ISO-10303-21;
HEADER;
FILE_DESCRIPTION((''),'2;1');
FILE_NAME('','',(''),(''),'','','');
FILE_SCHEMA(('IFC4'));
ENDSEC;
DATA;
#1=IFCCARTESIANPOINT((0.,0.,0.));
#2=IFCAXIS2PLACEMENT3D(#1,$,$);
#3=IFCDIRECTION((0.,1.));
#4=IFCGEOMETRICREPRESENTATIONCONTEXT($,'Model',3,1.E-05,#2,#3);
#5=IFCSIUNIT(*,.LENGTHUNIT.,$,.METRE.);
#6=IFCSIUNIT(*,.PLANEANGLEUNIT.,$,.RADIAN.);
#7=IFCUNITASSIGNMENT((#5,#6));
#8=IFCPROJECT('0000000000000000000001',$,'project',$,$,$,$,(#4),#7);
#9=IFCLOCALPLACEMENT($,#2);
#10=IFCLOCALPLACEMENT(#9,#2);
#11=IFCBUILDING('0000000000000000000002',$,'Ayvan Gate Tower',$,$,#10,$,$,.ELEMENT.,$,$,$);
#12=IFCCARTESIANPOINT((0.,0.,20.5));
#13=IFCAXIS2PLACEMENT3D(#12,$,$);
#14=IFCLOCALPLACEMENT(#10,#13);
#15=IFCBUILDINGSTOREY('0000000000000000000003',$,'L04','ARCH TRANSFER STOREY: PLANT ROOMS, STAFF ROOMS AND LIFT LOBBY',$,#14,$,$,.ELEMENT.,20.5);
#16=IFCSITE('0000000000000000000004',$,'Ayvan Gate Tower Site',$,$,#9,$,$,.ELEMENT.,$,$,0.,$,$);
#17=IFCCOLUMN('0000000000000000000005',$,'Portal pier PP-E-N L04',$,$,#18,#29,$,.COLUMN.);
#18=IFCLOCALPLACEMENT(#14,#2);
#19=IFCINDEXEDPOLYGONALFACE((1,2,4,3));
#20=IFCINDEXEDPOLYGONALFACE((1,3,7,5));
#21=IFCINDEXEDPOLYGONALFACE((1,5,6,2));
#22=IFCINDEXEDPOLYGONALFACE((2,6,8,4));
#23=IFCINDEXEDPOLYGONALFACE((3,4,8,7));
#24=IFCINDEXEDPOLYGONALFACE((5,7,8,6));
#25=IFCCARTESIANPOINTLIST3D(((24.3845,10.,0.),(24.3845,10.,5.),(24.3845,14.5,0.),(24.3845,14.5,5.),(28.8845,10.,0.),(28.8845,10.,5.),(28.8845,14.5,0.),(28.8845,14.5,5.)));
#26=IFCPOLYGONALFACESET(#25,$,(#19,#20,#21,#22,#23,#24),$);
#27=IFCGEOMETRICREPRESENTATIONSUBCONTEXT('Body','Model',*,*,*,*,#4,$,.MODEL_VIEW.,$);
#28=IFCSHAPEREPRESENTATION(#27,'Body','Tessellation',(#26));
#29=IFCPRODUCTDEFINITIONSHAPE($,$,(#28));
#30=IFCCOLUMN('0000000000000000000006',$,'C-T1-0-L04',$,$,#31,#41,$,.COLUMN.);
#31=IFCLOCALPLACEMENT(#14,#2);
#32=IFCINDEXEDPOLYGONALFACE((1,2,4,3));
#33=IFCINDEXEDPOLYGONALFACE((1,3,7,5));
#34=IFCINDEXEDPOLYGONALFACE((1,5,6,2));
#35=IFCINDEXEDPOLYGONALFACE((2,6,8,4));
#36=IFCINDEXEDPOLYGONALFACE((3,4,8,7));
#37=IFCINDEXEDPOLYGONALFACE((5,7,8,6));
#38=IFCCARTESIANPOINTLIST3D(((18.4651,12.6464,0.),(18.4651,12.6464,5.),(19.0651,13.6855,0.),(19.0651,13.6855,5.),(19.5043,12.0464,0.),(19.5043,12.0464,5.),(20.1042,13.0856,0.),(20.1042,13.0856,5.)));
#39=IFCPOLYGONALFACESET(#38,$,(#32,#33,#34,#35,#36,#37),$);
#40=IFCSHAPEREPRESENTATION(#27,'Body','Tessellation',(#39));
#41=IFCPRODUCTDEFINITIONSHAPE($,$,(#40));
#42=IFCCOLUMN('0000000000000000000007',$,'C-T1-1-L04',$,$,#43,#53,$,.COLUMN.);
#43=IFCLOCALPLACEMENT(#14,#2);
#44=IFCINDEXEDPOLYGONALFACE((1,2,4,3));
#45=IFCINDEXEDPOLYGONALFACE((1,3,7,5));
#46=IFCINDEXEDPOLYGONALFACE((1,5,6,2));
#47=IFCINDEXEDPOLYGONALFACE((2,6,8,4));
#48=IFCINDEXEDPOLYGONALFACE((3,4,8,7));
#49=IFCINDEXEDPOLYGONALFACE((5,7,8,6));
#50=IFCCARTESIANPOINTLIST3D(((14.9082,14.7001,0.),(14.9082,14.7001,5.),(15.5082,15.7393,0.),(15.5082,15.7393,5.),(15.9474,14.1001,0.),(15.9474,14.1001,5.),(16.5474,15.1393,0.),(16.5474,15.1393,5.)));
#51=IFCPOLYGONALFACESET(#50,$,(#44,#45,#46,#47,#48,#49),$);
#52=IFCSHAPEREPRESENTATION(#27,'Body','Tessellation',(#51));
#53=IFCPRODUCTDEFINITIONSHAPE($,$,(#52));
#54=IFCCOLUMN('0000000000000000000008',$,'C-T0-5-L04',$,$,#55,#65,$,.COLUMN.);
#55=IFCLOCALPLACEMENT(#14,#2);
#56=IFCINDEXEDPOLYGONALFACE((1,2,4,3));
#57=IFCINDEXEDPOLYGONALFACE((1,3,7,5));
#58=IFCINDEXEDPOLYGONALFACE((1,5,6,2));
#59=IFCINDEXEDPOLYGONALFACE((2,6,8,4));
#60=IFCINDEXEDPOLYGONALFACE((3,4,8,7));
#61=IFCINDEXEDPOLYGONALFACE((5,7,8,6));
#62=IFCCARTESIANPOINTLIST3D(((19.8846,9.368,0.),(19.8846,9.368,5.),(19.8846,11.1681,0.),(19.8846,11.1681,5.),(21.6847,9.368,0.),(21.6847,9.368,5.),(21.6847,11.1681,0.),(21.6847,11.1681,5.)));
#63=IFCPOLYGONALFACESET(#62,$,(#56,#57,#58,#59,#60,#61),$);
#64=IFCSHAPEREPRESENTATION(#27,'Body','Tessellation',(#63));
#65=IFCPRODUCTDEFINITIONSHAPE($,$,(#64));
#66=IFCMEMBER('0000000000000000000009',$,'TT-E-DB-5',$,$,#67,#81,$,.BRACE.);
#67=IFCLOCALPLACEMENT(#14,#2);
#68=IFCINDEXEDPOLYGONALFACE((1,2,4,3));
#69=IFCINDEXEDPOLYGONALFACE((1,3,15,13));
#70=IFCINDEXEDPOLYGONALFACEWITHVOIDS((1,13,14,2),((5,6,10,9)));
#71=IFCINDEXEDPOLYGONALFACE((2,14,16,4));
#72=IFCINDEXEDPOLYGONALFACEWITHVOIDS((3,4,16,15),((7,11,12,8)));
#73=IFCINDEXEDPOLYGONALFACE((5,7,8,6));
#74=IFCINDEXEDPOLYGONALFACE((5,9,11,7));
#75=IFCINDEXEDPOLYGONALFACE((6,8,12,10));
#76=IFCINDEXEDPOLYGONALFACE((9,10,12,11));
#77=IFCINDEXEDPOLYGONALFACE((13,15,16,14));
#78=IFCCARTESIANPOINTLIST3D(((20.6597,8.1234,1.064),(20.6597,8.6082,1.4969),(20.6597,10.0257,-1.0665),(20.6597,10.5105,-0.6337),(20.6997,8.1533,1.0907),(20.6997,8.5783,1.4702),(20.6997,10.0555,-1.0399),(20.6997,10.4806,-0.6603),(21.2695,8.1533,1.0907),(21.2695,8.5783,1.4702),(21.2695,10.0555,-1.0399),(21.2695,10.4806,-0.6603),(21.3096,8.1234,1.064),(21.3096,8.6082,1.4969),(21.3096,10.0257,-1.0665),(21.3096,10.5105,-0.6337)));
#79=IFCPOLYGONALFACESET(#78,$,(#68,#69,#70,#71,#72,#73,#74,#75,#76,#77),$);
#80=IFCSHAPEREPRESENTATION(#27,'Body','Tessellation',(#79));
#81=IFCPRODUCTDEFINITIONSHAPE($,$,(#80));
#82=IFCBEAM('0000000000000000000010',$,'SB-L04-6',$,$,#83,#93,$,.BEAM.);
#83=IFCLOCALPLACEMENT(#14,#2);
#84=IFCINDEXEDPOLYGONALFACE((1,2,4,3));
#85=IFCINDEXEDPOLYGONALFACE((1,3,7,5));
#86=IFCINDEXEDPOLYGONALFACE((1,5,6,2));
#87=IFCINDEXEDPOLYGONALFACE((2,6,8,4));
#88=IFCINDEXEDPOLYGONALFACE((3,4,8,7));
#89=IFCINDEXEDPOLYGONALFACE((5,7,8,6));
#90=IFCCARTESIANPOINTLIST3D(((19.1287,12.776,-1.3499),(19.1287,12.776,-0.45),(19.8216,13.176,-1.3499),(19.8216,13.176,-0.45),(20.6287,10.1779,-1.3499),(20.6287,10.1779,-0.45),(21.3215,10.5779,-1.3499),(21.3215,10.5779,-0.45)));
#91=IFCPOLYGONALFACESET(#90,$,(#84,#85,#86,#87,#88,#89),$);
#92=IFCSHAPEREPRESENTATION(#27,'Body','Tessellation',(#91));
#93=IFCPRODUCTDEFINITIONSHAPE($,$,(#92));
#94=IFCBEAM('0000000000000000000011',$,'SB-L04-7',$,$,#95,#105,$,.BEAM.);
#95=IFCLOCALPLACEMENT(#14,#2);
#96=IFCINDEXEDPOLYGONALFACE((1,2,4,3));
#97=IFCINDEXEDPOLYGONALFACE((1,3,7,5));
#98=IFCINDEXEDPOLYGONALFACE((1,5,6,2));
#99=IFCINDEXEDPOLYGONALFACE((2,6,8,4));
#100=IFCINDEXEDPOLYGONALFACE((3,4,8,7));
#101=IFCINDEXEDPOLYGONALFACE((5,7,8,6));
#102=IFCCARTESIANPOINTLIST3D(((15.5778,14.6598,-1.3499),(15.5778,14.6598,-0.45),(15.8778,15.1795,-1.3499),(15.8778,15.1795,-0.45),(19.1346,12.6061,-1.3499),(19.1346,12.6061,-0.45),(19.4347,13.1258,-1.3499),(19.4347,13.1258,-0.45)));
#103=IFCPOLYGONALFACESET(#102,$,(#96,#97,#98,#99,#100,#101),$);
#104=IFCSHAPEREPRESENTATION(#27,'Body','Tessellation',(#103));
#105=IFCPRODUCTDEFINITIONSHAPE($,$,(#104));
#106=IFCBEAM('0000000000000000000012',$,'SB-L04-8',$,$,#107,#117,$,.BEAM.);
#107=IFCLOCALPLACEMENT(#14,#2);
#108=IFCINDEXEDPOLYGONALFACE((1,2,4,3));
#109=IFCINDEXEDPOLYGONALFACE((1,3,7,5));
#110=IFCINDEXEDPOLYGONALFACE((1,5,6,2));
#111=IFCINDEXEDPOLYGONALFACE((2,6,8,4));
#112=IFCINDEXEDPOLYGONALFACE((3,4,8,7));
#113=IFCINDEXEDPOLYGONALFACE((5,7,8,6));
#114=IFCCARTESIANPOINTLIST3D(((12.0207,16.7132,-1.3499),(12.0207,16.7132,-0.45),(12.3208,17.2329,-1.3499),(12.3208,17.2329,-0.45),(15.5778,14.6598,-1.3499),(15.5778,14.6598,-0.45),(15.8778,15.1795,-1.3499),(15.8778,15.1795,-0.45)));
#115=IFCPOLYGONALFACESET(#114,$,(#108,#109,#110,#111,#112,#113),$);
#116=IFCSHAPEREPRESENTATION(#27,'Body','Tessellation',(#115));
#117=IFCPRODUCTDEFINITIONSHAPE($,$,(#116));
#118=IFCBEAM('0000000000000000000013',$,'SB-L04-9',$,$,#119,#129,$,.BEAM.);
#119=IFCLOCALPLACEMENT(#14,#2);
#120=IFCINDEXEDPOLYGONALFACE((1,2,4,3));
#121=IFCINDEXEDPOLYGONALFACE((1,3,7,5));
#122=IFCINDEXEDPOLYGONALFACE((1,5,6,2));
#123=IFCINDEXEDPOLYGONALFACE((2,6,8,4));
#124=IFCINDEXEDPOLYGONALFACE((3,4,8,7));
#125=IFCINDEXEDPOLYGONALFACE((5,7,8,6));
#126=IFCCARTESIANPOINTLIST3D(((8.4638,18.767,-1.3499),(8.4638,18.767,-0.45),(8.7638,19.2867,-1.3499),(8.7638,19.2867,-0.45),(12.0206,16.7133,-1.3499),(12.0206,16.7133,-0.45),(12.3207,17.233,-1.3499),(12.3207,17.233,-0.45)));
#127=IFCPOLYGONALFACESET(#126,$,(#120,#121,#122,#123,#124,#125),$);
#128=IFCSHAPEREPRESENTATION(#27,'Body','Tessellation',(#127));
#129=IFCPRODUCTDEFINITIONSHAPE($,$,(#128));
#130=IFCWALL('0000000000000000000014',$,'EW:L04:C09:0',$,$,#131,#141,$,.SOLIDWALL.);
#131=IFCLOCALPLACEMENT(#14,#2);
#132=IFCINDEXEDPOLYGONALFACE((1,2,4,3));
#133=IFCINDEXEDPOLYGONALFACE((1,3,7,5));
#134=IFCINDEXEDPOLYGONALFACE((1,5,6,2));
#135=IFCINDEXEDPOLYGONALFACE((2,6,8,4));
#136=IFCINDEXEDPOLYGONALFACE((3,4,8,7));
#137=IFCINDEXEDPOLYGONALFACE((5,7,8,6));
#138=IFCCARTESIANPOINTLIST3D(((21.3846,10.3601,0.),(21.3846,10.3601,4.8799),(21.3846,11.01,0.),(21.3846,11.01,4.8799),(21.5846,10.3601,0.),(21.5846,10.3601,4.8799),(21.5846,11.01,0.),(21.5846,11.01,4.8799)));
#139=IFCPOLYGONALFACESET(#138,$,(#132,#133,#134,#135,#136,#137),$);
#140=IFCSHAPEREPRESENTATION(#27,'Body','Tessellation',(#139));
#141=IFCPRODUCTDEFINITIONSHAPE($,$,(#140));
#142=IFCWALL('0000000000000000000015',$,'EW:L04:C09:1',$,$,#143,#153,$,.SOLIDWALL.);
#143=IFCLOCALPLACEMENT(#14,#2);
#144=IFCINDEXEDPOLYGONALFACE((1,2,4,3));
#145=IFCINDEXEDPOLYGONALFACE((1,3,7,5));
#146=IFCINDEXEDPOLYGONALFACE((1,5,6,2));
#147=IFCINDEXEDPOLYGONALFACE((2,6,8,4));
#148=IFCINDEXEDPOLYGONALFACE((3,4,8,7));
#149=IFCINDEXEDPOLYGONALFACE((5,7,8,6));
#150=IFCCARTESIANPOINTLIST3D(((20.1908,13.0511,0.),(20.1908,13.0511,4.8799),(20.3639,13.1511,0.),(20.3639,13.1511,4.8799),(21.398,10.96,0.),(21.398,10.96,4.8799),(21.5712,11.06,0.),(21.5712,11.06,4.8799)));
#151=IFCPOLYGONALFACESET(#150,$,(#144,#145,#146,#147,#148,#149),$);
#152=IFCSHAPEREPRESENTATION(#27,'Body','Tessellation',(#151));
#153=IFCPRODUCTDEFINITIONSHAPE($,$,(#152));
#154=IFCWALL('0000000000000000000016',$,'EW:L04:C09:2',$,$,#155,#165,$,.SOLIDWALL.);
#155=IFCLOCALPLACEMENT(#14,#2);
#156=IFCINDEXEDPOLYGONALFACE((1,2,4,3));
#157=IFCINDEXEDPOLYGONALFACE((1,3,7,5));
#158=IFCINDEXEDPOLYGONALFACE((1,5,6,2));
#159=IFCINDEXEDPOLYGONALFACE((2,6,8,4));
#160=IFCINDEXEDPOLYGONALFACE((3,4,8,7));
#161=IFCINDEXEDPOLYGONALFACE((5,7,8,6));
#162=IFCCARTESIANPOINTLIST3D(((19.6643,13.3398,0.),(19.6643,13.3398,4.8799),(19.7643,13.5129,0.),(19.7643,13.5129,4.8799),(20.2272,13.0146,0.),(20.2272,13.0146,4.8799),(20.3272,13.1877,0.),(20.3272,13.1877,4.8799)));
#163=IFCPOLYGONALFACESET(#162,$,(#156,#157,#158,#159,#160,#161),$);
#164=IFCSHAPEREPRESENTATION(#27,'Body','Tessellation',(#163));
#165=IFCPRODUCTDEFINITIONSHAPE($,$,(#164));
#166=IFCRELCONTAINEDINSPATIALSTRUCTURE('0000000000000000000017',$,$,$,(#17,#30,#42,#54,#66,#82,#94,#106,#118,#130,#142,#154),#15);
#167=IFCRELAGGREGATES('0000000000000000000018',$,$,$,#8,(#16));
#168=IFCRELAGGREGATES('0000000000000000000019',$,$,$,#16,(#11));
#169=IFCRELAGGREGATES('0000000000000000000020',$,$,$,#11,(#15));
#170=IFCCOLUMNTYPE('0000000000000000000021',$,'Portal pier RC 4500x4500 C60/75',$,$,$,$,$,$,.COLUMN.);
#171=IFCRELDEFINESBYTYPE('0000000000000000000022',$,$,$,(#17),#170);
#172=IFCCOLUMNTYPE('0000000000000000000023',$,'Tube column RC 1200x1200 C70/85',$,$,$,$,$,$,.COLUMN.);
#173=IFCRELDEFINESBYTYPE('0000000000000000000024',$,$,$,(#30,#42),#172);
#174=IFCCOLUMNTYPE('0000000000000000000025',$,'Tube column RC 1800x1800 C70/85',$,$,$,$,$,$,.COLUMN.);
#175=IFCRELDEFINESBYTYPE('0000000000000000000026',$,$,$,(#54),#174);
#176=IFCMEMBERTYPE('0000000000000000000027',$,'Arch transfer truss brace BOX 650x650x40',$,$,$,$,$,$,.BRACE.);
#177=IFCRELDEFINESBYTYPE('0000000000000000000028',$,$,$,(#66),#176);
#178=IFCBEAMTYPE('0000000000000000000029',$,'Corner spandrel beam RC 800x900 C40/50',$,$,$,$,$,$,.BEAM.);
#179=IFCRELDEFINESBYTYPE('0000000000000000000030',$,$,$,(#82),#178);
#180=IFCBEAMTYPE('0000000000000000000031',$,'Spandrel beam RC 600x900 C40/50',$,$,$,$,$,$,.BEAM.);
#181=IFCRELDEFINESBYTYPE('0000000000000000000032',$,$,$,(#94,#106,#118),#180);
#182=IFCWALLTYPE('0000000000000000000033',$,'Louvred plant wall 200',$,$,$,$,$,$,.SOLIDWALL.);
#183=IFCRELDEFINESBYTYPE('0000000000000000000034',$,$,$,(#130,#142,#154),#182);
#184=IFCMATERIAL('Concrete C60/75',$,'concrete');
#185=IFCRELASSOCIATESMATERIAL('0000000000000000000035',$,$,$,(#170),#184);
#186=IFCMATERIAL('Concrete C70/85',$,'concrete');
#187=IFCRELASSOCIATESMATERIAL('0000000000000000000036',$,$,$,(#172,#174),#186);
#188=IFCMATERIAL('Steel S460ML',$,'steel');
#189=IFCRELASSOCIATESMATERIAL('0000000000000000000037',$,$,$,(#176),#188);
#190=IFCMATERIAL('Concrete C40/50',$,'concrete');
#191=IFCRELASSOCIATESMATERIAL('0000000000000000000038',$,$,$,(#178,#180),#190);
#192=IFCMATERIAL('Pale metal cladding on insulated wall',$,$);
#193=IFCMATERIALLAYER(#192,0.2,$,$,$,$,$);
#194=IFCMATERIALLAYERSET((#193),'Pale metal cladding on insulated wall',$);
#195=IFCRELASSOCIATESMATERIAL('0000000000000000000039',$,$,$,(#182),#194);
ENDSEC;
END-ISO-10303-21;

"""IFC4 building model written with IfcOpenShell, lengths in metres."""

from ifc_helpers import new_model, si_unit, direction, frame, frame_2d, origin, origin_2d, place, context, subcontext, project, spatial, rectangle, hollow_rectangle, extrude, material, layer, layer_set, material_profile, profile_set, type_object, element, save


model = new_model("IFC4")

# Units and contexts
model_context = context("Model", 3, precision=1e-05, world=origin(), true_north=direction((0.0, 1.0)))
body_context = subcontext(model_context, "Body", "Model", "MODEL_VIEW")
ifc_project = project(units=[si_unit("LENGTHUNIT", "METRE"), si_unit("PLANEANGLEUNIT", "RADIAN")], contexts=[model_context])

# Site, building, storey
site_placement = place(None, origin())
site = spatial("IfcSite", under=ifc_project, at=site_placement, Name="Ayvan Gate Tower Site", CompositionType="ELEMENT", RefElevation=0.0)
building_placement = place(site_placement, origin())
building = spatial("IfcBuilding", under=site, at=building_placement, Name="Ayvan Gate Tower", CompositionType="ELEMENT")
storey_placement = place(building_placement, frame((0.0, 0.0, 20.5)))
storey = spatial("IfcBuildingStorey", under=building, at=storey_placement, Name="L04", Description="ARCH TRANSFER STOREY: PLANT ROOMS, STAFF ROOMS AND LIFT LOBBY", CompositionType="ELEMENT", Elevation=20.5)

# Columns
ifc_material_1 = material(Name="Concrete C60/75", Category="concrete")
ifc_material_profile_1 = material_profile(ifc_material_1, rectangle(XDim=4.5, YDim=4.5, at=origin_2d()), Name="RC 4500x4500")
ifc_profile_set_1 = profile_set([ifc_material_profile_1], Name="Concrete C60/75")
column_type_1 = type_object("IfcColumnType", Name="Portal pier RC 4500x4500 C60/75", PredefinedType="COLUMN", material=ifc_profile_set_1)
column_1_placement = place(storey_placement, frame((26.6345, 12.25, 0.0), z_axis=(0.0, 0.0, 1.0), x_axis=(1.0, 0.0, 0.0)))
element("IfcColumn", 1, at=column_1_placement, inside=storey, type_object=column_type_1, Name="Portal pier PP-E-N L04", PredefinedType="COLUMN", context=body_context, shape_type="SweptSolid", body=[
    extrude(rectangle(XDim=4.5, YDim=4.5, at=origin_2d()), origin(), (0.0, 0.0, 1.0), 5.0),
])
ifc_material_2 = material(Name="Concrete C70/85", Category="concrete")
ifc_material_profile_2 = material_profile(ifc_material_2, rectangle(XDim=1.2, YDim=1.2, at=origin_2d()), Name="RC 1200x1200")
ifc_profile_set_2 = profile_set([ifc_material_profile_2], Name="Concrete C70/85")
column_type_2 = type_object("IfcColumnType", Name="Tube column RC 1200x1200 C70/85", PredefinedType="COLUMN", material=ifc_profile_set_2)
for number, where, z_axis, x_axis, name in (
    (2, (19.2847, 12.866, 0.0), (0.0, 0.0, 1.0), (0.5, 0.866025, 0.0), "C-T1-0-L04"),
    (3, (15.7278, 14.9197, 0.0), (0.0, 0.0, 1.0), (0.5, 0.866025, 0.0), "C-T1-1-L04"),
):
    element("IfcColumn", number, at=place(storey_placement, frame(where, z_axis=z_axis, x_axis=x_axis)), inside=storey, type_object=column_type_2, Name=name, PredefinedType="COLUMN", context=body_context, shape_type="SweptSolid", body=[
        extrude(rectangle(XDim=1.2, YDim=1.2, at=origin_2d()), origin(), (0.0, 0.0, 1.0), 5.0),
    ])
ifc_material_profile_3 = material_profile(ifc_material_2, rectangle(XDim=1.8, YDim=1.8, at=origin_2d()), Name="RC 1800x1800")
ifc_profile_set_3 = profile_set([ifc_material_profile_3], Name="Concrete C70/85")
column_type_3 = type_object("IfcColumnType", Name="Tube column RC 1800x1800 C70/85", PredefinedType="COLUMN", material=ifc_profile_set_3)
column_2_placement = place(storey_placement, frame((20.7847, 10.2681, 0.0), z_axis=(0.0, 0.0, 1.0), x_axis=(1.0, 0.0, 0.0)))
element("IfcColumn", 4, at=column_2_placement, inside=storey, type_object=column_type_3, Name="C-T0-5-L04", PredefinedType="COLUMN", context=body_context, shape_type="SweptSolid", body=[
    extrude(rectangle(XDim=1.8, YDim=1.8, at=origin_2d()), origin(), (0.0, 0.0, 1.0), 5.0),
])

# Member
ifc_material_3 = material(Name="Steel S460ML", Category="steel")
ifc_material_profile_4 = material_profile(ifc_material_3, hollow_rectangle(XDim=0.6499, YDim=0.6499, WallThickness=0.04, at=origin_2d()), Name="BOX 650x650x40")
ifc_profile_set_4 = profile_set([ifc_material_profile_4], Name="Steel S460ML")
member_type = type_object("IfcMemberType", Name="Arch transfer truss brace BOX 650x650x40", PredefinedType="BRACE", material=ifc_profile_set_4)
member_placement = place(storey_placement, frame((20.9846, 10.2681, -0.8501), z_axis=(0.0, -0.666017, 0.745936), x_axis=(1.0, 0.0, 0.0)))
element("IfcMember", 5, at=member_placement, inside=storey, type_object=member_type, Name="TT-E-DB-5", PredefinedType="BRACE", context=body_context, shape_type="SweptSolid", body=[
    extrude(hollow_rectangle(XDim=0.6499, YDim=0.6499, WallThickness=0.04, at=origin_2d()), origin(), (0.0, 0.0, 1.0), 2.8562),
])

# Beams
ifc_material_4 = material(Name="Concrete C40/50", Category="concrete")
ifc_material_profile_5 = material_profile(ifc_material_4, rectangle(XDim=0.8, YDim=0.8999, at=origin_2d()), Name="RC 800x900")
ifc_profile_set_5 = profile_set([ifc_material_profile_5], Name="Concrete C40/50")
beam_type_1 = type_object("IfcBeamType", Name="Corner spandrel beam RC 800x900 C40/50", PredefinedType="BEAM", material=ifc_profile_set_5)
beam_placement = place(storey_placement, frame((20.9751, 10.3779, -0.8999), z_axis=(-0.49999, 0.866031, 0.0), x_axis=(-0.866031, -0.49999, 0.0)))
element("IfcBeam", 6, at=beam_placement, inside=storey, type_object=beam_type_1, Name="SB-L04-6", PredefinedType="BEAM", context=body_context, shape_type="SweptSolid", body=[
    extrude(rectangle(XDim=0.8, YDim=0.8999, at=origin_2d()), origin(), (0.0, 0.0, 1.0), 3.0),
])
ifc_material_profile_6 = material_profile(ifc_material_4, rectangle(XDim=0.6001, YDim=0.8999, at=origin_2d()), Name="RC 600x900")
ifc_profile_set_6 = profile_set([ifc_material_profile_6], Name="Concrete C40/50")
beam_type_2 = type_object("IfcBeamType", Name="Spandrel beam RC 600x900 C40/50", PredefinedType="BEAM", material=ifc_profile_set_6)
for number, where, z_axis, x_axis, name in (
    (7, (19.2847, 12.866, -0.8999), (-0.86601, 0.500026, 0.0), (-0.500026, -0.86601, 0.0), "SB-L04-7"),
    (8, (15.7278, 14.9197, -0.8999), (-0.866051, 0.499956, 0.0), (-0.499956, -0.866051, 0.0), "SB-L04-8"),
    (9, (12.1707, 16.9731, -0.8999), (-0.86601, 0.500026, 0.0), (-0.500026, -0.86601, 0.0), "SB-L04-9"),
):
    element("IfcBeam", number, at=place(storey_placement, frame(where, z_axis=z_axis, x_axis=x_axis)), inside=storey, type_object=beam_type_2, Name=name, PredefinedType="BEAM", context=body_context, shape_type="SweptSolid", body=[
        extrude(rectangle(XDim=0.6001, YDim=0.8999, at=origin_2d()), origin(), (0.0, 0.0, 1.0), 4.1072),
    ])

# Walls
ifc_material_5 = material(Name="Pale metal cladding on insulated wall")
ifc_layer_1 = layer(ifc_material_5, 0.2)
ifc_layer_set_1 = layer_set([ifc_layer_1], Name="Pale metal cladding on insulated wall")
wall_type_1 = type_object("IfcWallType", Name="Louvred plant wall 200", PredefinedType="SOLIDWALL", material=ifc_layer_set_1)
wall_1_placement = place(storey_placement, frame((21.4846, 10.3601, 0.0), z_axis=(0.0, 0.0, 1.0), x_axis=(0.0, 1.0, 0.0)))
element("IfcWall", 10, at=wall_1_placement, inside=storey, type_object=wall_type_1, Name="EW:L04:C09:0", PredefinedType="SOLIDWALL", context=body_context, shape_type="SweptSolid", body=[
    extrude(rectangle(XDim=0.6499, YDim=0.2, at=frame_2d((0.325, 0.0))), origin(), (0.0, 0.0, 1.0), 4.8799),
])
wall_2_placement = place(storey_placement, frame((21.4846, 11.01, 0.0), z_axis=(0.0, 0.0, 1.0), x_axis=(-0.5, 0.866026, 0.0)))
element("IfcWall", 11, at=wall_2_placement, inside=storey, type_object=wall_type_1, Name="EW:L04:C09:1", PredefinedType="SOLIDWALL", context=body_context, shape_type="SweptSolid", body=[
    extrude(rectangle(XDim=2.4146, YDim=0.2, at=frame_2d((1.2073, 0.0))), origin(), (0.0, 0.0, 1.0), 4.8799),
])
wall_3_placement = place(storey_placement, frame((20.2773, 13.1011, 0.0), z_axis=(0.0, 0.0, 1.0), x_axis=(-0.865923, 0.500177, 0.0)))
element("IfcWall", 12, at=wall_3_placement, inside=storey, type_object=wall_type_1, Name="EW:L04:C09:2", PredefinedType="SOLIDWALL", context=body_context, shape_type="SweptSolid", body=[
    extrude(rectangle(XDim=0.6501, YDim=0.2, at=frame_2d((0.3252, 0.0))), origin(), (0.0, 0.0, 1.0), 4.8799),
])

save(model, "model.ifc")
